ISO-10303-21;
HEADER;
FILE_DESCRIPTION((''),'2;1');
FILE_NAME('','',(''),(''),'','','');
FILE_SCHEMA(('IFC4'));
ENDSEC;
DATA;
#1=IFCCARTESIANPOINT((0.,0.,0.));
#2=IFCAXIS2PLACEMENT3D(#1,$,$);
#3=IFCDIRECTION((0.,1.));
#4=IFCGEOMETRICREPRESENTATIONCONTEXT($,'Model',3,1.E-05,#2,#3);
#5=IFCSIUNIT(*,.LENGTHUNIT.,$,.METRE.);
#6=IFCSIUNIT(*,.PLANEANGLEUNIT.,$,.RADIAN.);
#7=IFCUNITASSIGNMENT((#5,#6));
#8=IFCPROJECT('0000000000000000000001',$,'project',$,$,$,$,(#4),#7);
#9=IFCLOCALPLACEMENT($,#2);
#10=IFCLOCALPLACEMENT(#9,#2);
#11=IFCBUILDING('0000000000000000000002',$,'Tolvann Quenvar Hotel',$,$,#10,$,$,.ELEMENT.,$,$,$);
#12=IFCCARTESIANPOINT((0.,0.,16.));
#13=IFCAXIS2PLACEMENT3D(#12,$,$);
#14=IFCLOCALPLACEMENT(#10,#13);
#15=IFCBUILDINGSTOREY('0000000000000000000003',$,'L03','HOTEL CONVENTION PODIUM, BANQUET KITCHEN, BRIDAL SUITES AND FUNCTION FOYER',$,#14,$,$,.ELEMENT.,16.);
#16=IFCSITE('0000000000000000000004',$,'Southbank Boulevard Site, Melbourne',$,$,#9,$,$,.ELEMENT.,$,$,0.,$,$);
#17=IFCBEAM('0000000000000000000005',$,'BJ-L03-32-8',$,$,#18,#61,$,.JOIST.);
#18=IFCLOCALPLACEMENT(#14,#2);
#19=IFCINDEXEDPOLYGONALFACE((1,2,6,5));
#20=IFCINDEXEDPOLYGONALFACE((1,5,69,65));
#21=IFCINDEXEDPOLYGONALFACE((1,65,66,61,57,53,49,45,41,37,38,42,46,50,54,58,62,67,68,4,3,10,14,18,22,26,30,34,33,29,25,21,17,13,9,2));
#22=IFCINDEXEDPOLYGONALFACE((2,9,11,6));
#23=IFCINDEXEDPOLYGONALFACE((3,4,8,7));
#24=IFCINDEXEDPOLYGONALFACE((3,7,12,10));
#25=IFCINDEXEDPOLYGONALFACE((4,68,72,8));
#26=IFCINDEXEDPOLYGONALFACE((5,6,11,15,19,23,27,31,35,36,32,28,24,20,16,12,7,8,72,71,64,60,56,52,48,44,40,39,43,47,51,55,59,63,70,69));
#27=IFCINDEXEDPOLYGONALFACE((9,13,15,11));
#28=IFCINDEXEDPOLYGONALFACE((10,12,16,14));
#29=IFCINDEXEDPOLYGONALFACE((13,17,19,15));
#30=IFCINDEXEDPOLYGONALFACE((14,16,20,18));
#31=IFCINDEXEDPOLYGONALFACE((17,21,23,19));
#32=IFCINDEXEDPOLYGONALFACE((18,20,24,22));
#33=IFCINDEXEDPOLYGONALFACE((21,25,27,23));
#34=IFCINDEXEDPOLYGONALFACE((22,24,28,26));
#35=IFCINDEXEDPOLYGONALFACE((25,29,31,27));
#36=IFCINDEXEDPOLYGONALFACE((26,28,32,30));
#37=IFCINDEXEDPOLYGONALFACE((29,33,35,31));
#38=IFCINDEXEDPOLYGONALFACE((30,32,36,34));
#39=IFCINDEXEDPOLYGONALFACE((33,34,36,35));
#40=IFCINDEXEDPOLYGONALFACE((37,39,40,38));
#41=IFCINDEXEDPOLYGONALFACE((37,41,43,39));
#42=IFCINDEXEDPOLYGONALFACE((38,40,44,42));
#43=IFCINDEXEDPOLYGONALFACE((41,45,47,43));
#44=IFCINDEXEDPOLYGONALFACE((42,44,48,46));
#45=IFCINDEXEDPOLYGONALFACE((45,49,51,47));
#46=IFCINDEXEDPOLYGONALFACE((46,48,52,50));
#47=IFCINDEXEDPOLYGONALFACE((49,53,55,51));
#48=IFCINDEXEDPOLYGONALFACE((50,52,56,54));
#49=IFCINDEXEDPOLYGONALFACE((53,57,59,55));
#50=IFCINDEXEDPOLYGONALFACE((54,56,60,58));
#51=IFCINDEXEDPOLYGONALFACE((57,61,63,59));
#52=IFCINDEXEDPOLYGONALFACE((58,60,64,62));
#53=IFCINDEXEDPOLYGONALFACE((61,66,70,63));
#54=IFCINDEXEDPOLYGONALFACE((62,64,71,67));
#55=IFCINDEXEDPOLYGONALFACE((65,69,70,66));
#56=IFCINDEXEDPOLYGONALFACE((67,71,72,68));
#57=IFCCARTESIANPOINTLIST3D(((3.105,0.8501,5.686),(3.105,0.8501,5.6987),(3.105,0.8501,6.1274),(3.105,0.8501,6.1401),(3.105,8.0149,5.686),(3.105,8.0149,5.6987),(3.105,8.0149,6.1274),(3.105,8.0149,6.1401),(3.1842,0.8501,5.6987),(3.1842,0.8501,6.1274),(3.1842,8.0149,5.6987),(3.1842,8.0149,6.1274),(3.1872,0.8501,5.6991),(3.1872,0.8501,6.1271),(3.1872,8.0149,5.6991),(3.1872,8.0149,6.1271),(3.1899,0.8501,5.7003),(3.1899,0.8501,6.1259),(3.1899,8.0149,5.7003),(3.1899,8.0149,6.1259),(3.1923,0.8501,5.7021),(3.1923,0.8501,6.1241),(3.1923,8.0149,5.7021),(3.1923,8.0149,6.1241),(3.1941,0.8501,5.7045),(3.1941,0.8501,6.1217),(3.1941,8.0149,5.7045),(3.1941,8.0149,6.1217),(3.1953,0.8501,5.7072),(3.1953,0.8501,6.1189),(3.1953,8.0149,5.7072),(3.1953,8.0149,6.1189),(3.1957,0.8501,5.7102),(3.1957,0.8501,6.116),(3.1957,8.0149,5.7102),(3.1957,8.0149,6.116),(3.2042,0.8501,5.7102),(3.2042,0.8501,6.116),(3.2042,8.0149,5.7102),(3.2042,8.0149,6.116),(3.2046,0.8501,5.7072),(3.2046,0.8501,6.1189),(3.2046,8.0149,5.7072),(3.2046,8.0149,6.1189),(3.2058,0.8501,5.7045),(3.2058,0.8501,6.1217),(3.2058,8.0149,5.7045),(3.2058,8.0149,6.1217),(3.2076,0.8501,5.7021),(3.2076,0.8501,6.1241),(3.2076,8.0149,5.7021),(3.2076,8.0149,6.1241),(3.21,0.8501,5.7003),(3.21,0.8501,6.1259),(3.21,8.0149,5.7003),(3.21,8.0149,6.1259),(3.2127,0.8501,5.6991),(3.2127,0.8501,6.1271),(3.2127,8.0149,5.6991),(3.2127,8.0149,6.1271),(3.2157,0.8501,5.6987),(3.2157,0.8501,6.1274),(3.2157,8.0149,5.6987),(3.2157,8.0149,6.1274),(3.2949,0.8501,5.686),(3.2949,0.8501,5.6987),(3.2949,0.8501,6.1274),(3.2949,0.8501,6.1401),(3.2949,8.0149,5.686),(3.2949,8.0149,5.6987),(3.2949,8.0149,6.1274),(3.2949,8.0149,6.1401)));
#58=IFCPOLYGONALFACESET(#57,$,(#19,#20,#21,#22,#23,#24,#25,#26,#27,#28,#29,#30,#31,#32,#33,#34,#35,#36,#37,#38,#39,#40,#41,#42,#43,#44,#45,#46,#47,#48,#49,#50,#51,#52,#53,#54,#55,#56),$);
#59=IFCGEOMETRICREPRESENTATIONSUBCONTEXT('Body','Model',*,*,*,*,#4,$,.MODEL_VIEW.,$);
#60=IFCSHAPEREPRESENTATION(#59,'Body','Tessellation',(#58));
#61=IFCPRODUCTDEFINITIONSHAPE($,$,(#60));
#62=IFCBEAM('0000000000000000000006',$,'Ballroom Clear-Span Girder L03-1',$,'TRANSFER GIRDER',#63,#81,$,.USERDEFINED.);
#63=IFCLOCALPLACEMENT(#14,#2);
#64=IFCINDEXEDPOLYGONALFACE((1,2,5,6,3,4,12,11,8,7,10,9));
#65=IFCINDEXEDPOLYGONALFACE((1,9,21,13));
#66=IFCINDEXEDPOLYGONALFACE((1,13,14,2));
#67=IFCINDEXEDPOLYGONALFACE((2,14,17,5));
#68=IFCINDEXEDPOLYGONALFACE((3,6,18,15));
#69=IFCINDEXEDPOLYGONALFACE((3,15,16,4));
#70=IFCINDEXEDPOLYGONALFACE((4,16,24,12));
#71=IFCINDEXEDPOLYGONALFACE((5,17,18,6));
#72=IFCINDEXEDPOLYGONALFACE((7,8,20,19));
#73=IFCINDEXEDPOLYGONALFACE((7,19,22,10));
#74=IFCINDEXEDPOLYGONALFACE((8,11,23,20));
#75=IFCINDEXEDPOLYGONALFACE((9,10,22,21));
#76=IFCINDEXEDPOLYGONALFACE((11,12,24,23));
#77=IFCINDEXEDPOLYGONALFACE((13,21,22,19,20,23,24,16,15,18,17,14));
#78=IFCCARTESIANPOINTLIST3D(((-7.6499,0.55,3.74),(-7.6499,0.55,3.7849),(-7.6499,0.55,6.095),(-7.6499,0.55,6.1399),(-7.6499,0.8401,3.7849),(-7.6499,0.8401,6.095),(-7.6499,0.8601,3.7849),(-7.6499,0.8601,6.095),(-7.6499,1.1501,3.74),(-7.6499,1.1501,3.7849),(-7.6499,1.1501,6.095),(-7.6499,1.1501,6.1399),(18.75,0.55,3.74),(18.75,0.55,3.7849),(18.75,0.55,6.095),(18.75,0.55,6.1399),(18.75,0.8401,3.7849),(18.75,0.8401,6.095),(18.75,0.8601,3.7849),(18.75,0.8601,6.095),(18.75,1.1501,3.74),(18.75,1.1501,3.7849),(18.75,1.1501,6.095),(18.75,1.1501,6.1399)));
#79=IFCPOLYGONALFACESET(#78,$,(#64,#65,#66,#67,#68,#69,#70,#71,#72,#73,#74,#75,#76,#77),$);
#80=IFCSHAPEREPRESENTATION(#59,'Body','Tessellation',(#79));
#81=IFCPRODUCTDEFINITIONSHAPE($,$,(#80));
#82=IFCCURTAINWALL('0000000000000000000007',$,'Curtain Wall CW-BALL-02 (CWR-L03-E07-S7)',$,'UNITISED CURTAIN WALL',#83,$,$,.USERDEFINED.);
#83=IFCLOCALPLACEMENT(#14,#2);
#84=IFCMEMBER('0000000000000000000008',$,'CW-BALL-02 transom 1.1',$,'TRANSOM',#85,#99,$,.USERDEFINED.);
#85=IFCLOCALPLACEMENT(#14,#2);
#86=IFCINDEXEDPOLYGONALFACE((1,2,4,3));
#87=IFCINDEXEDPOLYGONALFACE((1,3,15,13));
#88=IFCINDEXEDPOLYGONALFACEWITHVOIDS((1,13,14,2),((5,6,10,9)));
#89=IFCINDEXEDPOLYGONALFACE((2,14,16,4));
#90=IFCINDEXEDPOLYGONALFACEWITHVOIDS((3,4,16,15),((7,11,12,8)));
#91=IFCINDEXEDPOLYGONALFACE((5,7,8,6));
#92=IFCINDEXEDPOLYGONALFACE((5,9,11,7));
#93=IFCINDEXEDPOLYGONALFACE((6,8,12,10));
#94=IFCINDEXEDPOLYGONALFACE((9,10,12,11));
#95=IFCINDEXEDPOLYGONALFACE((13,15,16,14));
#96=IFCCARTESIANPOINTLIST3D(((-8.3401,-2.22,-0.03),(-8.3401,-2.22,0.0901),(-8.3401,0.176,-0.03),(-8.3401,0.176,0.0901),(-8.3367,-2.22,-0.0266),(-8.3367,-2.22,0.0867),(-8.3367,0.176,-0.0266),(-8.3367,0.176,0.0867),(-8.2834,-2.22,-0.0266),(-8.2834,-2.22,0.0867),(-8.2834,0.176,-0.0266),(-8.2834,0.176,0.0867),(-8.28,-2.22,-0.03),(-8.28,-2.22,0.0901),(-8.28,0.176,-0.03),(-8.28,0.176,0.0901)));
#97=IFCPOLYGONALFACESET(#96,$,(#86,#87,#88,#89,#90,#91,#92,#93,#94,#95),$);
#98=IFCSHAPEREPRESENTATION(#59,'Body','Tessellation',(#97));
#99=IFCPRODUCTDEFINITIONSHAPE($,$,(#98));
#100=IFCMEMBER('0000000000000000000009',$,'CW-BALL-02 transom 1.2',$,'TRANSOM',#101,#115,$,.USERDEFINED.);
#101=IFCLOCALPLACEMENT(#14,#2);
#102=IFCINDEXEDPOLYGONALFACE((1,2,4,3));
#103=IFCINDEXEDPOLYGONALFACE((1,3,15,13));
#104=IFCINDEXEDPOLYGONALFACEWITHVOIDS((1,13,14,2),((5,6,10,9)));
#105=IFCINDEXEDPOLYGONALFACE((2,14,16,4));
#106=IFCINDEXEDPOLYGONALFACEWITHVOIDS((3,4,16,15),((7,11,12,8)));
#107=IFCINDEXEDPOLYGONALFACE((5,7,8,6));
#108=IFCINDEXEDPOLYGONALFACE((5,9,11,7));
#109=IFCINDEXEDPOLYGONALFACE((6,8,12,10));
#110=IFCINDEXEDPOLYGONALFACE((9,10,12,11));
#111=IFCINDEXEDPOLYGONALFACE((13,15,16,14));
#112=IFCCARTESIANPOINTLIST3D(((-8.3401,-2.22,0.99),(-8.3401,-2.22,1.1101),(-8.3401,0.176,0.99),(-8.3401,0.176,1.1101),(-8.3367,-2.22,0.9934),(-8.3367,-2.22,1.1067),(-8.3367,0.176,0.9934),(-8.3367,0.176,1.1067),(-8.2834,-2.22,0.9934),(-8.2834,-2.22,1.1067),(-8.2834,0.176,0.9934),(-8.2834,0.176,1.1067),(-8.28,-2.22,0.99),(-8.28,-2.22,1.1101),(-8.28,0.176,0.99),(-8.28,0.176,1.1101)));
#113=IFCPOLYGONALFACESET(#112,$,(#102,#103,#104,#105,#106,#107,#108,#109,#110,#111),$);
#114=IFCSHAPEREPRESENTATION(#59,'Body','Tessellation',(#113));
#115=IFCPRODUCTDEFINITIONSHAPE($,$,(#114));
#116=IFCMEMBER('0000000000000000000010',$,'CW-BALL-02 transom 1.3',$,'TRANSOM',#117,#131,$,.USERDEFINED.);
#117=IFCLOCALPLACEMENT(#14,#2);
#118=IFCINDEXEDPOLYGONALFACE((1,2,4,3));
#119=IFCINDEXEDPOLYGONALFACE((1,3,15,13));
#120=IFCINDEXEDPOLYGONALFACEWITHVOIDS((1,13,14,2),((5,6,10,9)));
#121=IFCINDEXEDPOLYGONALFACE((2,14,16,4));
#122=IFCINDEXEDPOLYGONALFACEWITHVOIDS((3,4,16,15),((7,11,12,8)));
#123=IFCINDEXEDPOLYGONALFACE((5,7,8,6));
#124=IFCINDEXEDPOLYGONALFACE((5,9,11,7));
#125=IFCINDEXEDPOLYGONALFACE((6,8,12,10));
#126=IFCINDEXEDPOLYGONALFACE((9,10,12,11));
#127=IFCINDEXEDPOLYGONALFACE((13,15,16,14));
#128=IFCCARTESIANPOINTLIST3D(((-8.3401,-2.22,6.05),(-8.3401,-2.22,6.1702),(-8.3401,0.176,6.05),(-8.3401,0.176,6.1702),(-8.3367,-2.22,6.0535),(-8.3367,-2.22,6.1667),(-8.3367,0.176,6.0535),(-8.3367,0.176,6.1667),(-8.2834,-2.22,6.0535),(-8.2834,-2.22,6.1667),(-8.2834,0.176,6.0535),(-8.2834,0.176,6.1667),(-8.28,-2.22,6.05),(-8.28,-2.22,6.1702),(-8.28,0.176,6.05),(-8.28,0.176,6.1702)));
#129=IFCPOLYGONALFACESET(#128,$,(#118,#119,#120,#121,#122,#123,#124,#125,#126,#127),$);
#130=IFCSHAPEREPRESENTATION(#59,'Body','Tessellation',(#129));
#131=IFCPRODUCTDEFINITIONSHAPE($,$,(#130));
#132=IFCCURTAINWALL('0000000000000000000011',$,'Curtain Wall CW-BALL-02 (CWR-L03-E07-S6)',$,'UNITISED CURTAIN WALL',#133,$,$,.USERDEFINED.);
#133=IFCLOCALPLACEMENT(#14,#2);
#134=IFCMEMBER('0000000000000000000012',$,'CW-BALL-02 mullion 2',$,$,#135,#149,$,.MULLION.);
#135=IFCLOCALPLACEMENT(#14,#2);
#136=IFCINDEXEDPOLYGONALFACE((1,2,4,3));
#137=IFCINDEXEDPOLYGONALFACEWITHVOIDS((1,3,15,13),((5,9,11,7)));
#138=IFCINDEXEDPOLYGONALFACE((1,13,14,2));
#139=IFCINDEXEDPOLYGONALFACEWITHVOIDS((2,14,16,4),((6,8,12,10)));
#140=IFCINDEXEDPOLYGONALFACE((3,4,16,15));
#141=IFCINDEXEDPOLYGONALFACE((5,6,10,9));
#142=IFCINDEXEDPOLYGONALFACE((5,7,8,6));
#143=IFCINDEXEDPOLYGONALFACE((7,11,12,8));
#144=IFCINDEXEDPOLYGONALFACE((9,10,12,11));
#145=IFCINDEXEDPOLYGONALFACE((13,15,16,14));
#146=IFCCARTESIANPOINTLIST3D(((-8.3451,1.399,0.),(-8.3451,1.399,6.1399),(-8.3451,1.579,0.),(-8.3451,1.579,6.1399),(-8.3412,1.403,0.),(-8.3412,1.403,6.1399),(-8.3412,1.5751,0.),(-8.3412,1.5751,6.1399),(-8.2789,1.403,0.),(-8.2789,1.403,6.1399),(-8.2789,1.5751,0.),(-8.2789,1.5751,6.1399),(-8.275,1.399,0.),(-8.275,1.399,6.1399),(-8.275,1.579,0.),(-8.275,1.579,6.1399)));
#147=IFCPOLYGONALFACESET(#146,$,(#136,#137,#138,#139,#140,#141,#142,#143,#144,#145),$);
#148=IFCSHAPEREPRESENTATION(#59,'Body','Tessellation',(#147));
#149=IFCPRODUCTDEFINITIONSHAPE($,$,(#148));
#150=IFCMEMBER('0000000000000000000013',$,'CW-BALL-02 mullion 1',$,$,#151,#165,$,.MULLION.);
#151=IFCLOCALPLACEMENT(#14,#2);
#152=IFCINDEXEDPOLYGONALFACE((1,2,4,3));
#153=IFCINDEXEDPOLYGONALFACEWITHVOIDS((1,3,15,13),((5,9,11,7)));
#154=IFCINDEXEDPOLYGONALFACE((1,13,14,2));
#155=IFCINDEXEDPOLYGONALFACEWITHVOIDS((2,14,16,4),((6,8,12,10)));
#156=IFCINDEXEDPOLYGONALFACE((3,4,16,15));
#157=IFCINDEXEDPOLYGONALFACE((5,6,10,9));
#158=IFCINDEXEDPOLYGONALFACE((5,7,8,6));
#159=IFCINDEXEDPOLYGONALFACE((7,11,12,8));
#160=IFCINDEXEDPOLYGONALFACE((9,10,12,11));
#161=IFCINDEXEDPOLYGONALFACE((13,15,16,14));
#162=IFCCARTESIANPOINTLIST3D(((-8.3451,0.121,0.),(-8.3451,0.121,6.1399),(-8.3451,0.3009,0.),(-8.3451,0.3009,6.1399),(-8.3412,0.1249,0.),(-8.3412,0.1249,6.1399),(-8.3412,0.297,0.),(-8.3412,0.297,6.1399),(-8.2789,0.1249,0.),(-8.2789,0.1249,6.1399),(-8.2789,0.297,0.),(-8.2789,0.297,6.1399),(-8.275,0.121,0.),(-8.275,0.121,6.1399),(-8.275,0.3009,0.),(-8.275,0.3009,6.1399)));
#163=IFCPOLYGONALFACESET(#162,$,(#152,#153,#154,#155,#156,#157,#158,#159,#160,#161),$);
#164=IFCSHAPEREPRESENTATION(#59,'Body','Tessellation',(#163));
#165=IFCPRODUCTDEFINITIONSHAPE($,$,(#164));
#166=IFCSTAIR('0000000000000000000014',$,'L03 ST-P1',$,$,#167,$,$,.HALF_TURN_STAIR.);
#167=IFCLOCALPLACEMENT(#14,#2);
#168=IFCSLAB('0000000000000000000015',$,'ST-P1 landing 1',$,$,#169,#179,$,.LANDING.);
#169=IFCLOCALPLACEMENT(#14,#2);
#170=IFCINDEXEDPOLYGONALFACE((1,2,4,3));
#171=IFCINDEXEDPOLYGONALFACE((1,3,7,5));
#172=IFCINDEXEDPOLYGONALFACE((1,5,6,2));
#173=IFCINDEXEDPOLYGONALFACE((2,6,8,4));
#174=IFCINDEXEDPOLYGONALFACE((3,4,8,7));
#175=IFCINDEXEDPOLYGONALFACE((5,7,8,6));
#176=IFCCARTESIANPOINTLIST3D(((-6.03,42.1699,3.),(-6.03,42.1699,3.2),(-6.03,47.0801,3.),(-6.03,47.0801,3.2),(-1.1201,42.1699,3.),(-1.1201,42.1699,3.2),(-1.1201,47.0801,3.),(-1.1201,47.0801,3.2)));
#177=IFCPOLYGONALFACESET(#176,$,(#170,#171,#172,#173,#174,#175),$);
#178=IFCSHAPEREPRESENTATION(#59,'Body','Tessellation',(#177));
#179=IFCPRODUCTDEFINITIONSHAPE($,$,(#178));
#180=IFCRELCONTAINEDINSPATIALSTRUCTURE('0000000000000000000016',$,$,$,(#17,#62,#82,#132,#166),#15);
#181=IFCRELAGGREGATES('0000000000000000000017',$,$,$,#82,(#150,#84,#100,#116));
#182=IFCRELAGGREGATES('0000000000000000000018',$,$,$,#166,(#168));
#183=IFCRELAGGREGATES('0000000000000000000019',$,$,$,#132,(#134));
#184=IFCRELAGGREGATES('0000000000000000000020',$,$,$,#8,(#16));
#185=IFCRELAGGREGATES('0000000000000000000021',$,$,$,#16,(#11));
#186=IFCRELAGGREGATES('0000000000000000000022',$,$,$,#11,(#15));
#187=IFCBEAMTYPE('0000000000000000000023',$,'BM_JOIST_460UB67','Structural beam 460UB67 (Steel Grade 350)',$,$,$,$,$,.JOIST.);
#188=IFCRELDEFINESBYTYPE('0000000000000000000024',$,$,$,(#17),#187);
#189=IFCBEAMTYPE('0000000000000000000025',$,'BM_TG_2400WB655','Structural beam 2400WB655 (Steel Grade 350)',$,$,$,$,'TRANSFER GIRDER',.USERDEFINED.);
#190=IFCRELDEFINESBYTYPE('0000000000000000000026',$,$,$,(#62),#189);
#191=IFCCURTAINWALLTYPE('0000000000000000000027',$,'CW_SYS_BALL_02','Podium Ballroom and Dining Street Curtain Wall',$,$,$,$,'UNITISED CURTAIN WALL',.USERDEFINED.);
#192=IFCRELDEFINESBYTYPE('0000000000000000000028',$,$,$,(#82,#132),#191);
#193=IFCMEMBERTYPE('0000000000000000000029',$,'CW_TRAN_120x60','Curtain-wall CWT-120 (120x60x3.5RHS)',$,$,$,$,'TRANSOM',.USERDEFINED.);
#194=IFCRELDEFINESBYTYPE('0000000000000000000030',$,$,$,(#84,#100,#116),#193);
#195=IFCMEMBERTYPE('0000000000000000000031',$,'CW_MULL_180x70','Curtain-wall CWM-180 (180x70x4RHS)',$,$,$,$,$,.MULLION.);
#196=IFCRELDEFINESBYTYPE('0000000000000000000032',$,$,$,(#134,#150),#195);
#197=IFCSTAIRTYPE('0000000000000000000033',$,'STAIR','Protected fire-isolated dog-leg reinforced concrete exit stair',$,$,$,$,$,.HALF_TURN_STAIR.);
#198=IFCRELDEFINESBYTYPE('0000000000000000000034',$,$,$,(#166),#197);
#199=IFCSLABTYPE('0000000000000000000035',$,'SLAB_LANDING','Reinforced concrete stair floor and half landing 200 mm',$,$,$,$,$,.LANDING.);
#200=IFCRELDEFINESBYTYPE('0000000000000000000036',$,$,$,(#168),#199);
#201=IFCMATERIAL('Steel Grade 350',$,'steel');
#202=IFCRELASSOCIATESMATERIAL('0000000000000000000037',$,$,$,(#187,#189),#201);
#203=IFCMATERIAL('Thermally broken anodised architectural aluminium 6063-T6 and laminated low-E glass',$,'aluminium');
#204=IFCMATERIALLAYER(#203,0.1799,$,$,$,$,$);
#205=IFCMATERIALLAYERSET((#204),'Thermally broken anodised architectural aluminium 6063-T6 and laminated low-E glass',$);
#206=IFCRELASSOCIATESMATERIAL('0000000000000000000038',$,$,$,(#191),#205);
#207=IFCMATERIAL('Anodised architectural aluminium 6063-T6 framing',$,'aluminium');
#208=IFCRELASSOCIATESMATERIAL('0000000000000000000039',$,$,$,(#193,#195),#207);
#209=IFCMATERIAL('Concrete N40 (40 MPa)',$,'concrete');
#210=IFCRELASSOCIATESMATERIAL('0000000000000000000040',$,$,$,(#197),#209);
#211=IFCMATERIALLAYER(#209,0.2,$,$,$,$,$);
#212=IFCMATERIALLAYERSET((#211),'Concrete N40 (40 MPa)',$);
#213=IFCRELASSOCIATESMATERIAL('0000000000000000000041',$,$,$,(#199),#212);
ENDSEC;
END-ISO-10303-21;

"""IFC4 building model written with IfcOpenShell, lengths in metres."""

from ifc_helpers import new_model, si_unit, direction, frame, origin, origin_2d, place, context, subcontext, project, spatial, polyline, hollow_rectangle, i_section, outline, extrude, source, transform, mapped, material, layer, layer_set, material_profile, profile_set, type_object, type_shapes, element, aggregate, save


model = new_model("IFC4")

# Units and contexts
model_context = context("Model", 3, precision=1e-05, world=origin(), true_north=direction((0.0, 1.0)))
body_context = subcontext(model_context, "Body", "Model", "MODEL_VIEW")
ifc_project = project(units=[si_unit("LENGTHUNIT", "METRE"), si_unit("PLANEANGLEUNIT", "RADIAN")], contexts=[model_context])

# Site, building, storey
site_placement = place(None, origin())
site = spatial("IfcSite", under=ifc_project, at=site_placement, Name="Southbank Boulevard Site, Melbourne", CompositionType="ELEMENT", RefElevation=0.0)
building_placement = place(site_placement, origin())
building = spatial("IfcBuilding", under=site, at=building_placement, Name="Tolvann Quenvar Hotel", CompositionType="ELEMENT")
storey_placement = place(building_placement, frame((0.0, 0.0, 16.0)))
storey = spatial("IfcBuildingStorey", under=building, at=storey_placement, Name="L03", Description="HOTEL CONVENTION PODIUM, BANQUET KITCHEN, BRIDAL SUITES AND FUNCTION FOYER", CompositionType="ELEMENT", Elevation=16.0)

# Beams
ifc_material_1 = material(Name="Steel Grade 350", Category="steel")
ifc_material_profile_1 = material_profile(ifc_material_1, i_section(OverallWidth=0.1899, OverallDepth=0.4541, WebThickness=0.0085, FlangeThickness=0.0127, FilletRadius=0.0115, at=origin_2d()), Name="460UB67")
ifc_profile_set_1 = profile_set([ifc_material_profile_1], Name="Steel Grade 350")
beam_type_1 = type_object("IfcBeamType", Name="BM_JOIST_460UB67", Description="Structural beam 460UB67 (Steel Grade 350)", PredefinedType="JOIST", material=ifc_profile_set_1)
shared_shape_1 = source(origin(), body_context, "Body", "SweptSolid", [
    extrude(i_section(OverallWidth=0.1899, OverallDepth=0.4541, WebThickness=0.0085, FlangeThickness=0.0127, FilletRadius=0.0115, at=origin_2d()), origin(), (0.0, 0.0, 1.0), 7.1648),
])
type_shapes(beam_type_1, [shared_shape_1])
for number, where, z_axis, x_axis, name in (
    (1, (3.2, 0.8501, 5.9131), (0.0, 1.0, 0.0), (-1.0, 0.0, 0.0), "BJ-L03-32-8"),
):
    element("IfcBeam", number, at=place(storey_placement, frame(where, z_axis=z_axis, x_axis=x_axis)), inside=storey, type_object=beam_type_1, Name=name, PredefinedType="JOIST", context=body_context, shape_type="MappedRepresentation", body=[
        mapped(shared_shape_1, transform((0.0, 0.0, 0.0), x_axis=(1.0, 0.0, 0.0), y_axis=(0.0, 1.0, 0.0), z_axis=(0.0, 0.0, 1.0), scale=1.0)),
    ])
ifc_material_profile_2 = material_profile(ifc_material_1, i_section(OverallWidth=0.6001, OverallDepth=2.3999, WebThickness=0.02, FlangeThickness=0.0449, at=origin_2d()), Name="2400WB655")
ifc_profile_set_2 = profile_set([ifc_material_profile_2], Name="Steel Grade 350")
beam_type_2 = type_object("IfcBeamType", Name="BM_TG_2400WB655", Description="Structural beam 2400WB655 (Steel Grade 350)", ElementType="TRANSFER GIRDER", PredefinedType="USERDEFINED", material=ifc_profile_set_2)
shared_shape_2 = source(origin(), body_context, "Body", "SweptSolid", [
    extrude(i_section(OverallWidth=0.6001, OverallDepth=2.3999, WebThickness=0.02, FlangeThickness=0.0449, at=origin_2d()), origin(), (0.0, 0.0, 1.0), 26.3999),
])
type_shapes(beam_type_2, [shared_shape_2])
beam_1_placement = place(storey_placement, frame((-7.6499, 0.8501, 4.9399), z_axis=(1.0, 0.0, 0.0), x_axis=(0.0, 1.0, 0.0)))
element("IfcBeam", 2, at=beam_1_placement, inside=storey, type_object=beam_type_2, Name="Ballroom Clear-Span Girder L03-1", ObjectType="TRANSFER GIRDER", PredefinedType="USERDEFINED", context=body_context, shape_type="MappedRepresentation", body=[
    mapped(shared_shape_2, transform((0.0, 0.0, 0.0), x_axis=(1.0, 0.0, 0.0), y_axis=(0.0, 1.0, 0.0), z_axis=(0.0, 0.0, 1.0), scale=1.0)),
])

# Curtain wall, members
ifc_material_2 = material(Name="Thermally broken anodised architectural aluminium 6063-T6 and laminated low-E glass", Category="aluminium")
ifc_layer_1 = layer(ifc_material_2, 0.1799)
ifc_layer_set_1 = layer_set([ifc_layer_1], Name="Thermally broken anodised architectural aluminium 6063-T6 and laminated low-E glass")
curtain_wall_type = type_object("IfcCurtainWallType", Name="CW_SYS_BALL_02", Description="Podium Ballroom and Dining Street Curtain Wall", ElementType="UNITISED CURTAIN WALL", PredefinedType="USERDEFINED", material=ifc_layer_set_1)
curtain_wall_1_placement = place(storey_placement, origin())
curtain_wall_1 = element("IfcCurtainWall", 3, at=curtain_wall_1_placement, inside=storey, type_object=curtain_wall_type, Name="Curtain Wall CW-BALL-02 (CWR-L03-E07-S7)", ObjectType="UNITISED CURTAIN WALL", PredefinedType="USERDEFINED")
ifc_material_3 = material(Name="Anodised architectural aluminium 6063-T6 framing", Category="aluminium")
ifc_material_profile_3 = material_profile(ifc_material_3, hollow_rectangle(XDim=0.0601, YDim=0.1201, WallThickness=0.0034, at=origin_2d()), Name="120x60x3.5RHS")
ifc_profile_set_3 = profile_set([ifc_material_profile_3], Name="Anodised architectural aluminium 6063-T6 framing")
member_type_1 = type_object("IfcMemberType", Name="CW_TRAN_120x60", Description="Curtain-wall CWT-120 (120x60x3.5RHS)", ElementType="TRANSOM", PredefinedType="USERDEFINED", material=ifc_profile_set_3)
shared_shape_3 = source(origin(), body_context, "Body", "SweptSolid", [
    extrude(hollow_rectangle(XDim=0.0601, YDim=0.1201, WallThickness=0.0034, at=origin_2d()), origin(), (0.0, 0.0, 1.0), 2.396),
])
type_shapes(member_type_1, [shared_shape_3])
member_1_placement = place(storey_placement, frame((-8.3101, 0.176, 0.03), z_axis=(0.0, -1.0, 0.0), x_axis=(1.0, 0.0, 0.0)))
member_1 = element("IfcMember", 4, at=member_1_placement, type_object=member_type_1, Name="CW-BALL-02 transom 1.1", ObjectType="TRANSOM", PredefinedType="USERDEFINED", context=body_context, shape_type="MappedRepresentation", body=[
    mapped(shared_shape_3, transform((0.0, 0.0, 0.0), x_axis=(1.0, 0.0, 0.0), y_axis=(0.0, 1.0, 0.0), z_axis=(0.0, 0.0, 1.0), scale=1.0)),
])
member_2_placement = place(storey_placement, frame((-8.3101, 0.176, 1.05), z_axis=(0.0, -1.0, 0.0), x_axis=(1.0, 0.0, 0.0)))
member_2 = element("IfcMember", 5, at=member_2_placement, type_object=member_type_1, Name="CW-BALL-02 transom 1.2", ObjectType="TRANSOM", PredefinedType="USERDEFINED", context=body_context, shape_type="MappedRepresentation", body=[
    mapped(shared_shape_3, transform((0.0, 0.0, 0.0), x_axis=(1.0, 0.0, 0.0), y_axis=(0.0, 1.0, 0.0), z_axis=(0.0, 0.0, 1.0), scale=1.0)),
])
member_3_placement = place(storey_placement, frame((-8.3101, 0.176, 6.1101), z_axis=(0.0, -1.0, 0.0), x_axis=(1.0, 0.0, 0.0)))
member_3 = element("IfcMember", 6, at=member_3_placement, type_object=member_type_1, Name="CW-BALL-02 transom 1.3", ObjectType="TRANSOM", PredefinedType="USERDEFINED", context=body_context, shape_type="MappedRepresentation", body=[
    mapped(shared_shape_3, transform((0.0, 0.0, 0.0), x_axis=(1.0, 0.0, 0.0), y_axis=(0.0, 1.0, 0.0), z_axis=(0.0, 0.0, 1.0), scale=1.0)),
])

# Curtain wall, member
curtain_wall_2_placement = place(storey_placement, origin())
curtain_wall_2 = element("IfcCurtainWall", 7, at=curtain_wall_2_placement, inside=storey, type_object=curtain_wall_type, Name="Curtain Wall CW-BALL-02 (CWR-L03-E07-S6)", ObjectType="UNITISED CURTAIN WALL", PredefinedType="USERDEFINED")
ifc_material_profile_4 = material_profile(ifc_material_3, hollow_rectangle(XDim=0.0701, YDim=0.1799, WallThickness=0.0039, at=origin_2d()), Name="180x70x4RHS")
ifc_profile_set_4 = profile_set([ifc_material_profile_4], Name="Anodised architectural aluminium 6063-T6 framing")
member_type_2 = type_object("IfcMemberType", Name="CW_MULL_180x70", Description="Curtain-wall CWM-180 (180x70x4RHS)", PredefinedType="MULLION", material=ifc_profile_set_4)
shared_shape_4 = source(origin(), body_context, "Body", "SweptSolid", [
    extrude(hollow_rectangle(XDim=0.0701, YDim=0.1799, WallThickness=0.0039, at=origin_2d()), origin(), (0.0, 0.0, 1.0), 6.1399),
])
type_shapes(member_type_2, [shared_shape_4])
member_4_placement = place(storey_placement, frame((-8.3101, 1.489, 0.0), z_axis=(0.0, 0.0, 1.0), x_axis=(1.0, 0.0, 0.0)))
member_4 = element("IfcMember", 8, at=member_4_placement, type_object=member_type_2, Name="CW-BALL-02 mullion 2", PredefinedType="MULLION", context=body_context, shape_type="MappedRepresentation", body=[
    mapped(shared_shape_4, transform((0.0, 0.0, 0.0), x_axis=(1.0, 0.0, 0.0), y_axis=(0.0, 1.0, 0.0), z_axis=(0.0, 0.0, 1.0), scale=1.0)),
])

# Member
member_5_placement = place(storey_placement, frame((-8.3101, 0.2109, 0.0), z_axis=(0.0, 0.0, 1.0), x_axis=(1.0, 0.0, 0.0)))
member_5 = element("IfcMember", 9, at=member_5_placement, type_object=member_type_2, Name="CW-BALL-02 mullion 1", PredefinedType="MULLION", context=body_context, shape_type="MappedRepresentation", body=[
    mapped(shared_shape_4, transform((0.0, 0.0, 0.0), x_axis=(1.0, 0.0, 0.0), y_axis=(0.0, 1.0, 0.0), z_axis=(0.0, 0.0, 1.0), scale=1.0)),
])
aggregate(curtain_wall_1, [member_5, member_1, member_2, member_3])

# Stair, slab
ifc_material_4 = material(Name="Concrete N40 (40 MPa)", Category="concrete")
stair_type = type_object("IfcStairType", Name="STAIR", Description="Protected fire-isolated dog-leg reinforced concrete exit stair", PredefinedType="HALF_TURN_STAIR", material=ifc_material_4)
stair_1_placement = place(storey_placement, origin())
stair_1 = element("IfcStair", 10, at=stair_1_placement, inside=storey, type_object=stair_type, Name="L03 ST-P1", PredefinedType="HALF_TURN_STAIR")
ifc_layer_2 = layer(ifc_material_4, 0.2)
ifc_layer_set_2 = layer_set([ifc_layer_2], Name="Concrete N40 (40 MPa)")
slab_type = type_object("IfcSlabType", Name="SLAB_LANDING", Description="Reinforced concrete stair floor and half landing 200 mm", PredefinedType="LANDING", material=ifc_layer_set_2)
slab_1_placement = place(storey_placement, frame((0.0, 0.0, 3.0)))
slab_1 = element("IfcSlab", 11, at=slab_1_placement, type_object=slab_type, Name="ST-P1 landing 1", PredefinedType="LANDING", context=body_context, shape_type="SweptSolid", body=[
    extrude(outline(polyline([(-1.1201, 42.1699), (-1.1201, 47.0801), (-6.03, 47.0801), (-6.03, 42.1699), (-1.1201, 42.1699)])), origin(), (0.0, 0.0, 1.0), 0.2),
])
aggregate(stair_1, [slab_1])

aggregate(curtain_wall_2, [member_4])

save(model, "model.ifc")
